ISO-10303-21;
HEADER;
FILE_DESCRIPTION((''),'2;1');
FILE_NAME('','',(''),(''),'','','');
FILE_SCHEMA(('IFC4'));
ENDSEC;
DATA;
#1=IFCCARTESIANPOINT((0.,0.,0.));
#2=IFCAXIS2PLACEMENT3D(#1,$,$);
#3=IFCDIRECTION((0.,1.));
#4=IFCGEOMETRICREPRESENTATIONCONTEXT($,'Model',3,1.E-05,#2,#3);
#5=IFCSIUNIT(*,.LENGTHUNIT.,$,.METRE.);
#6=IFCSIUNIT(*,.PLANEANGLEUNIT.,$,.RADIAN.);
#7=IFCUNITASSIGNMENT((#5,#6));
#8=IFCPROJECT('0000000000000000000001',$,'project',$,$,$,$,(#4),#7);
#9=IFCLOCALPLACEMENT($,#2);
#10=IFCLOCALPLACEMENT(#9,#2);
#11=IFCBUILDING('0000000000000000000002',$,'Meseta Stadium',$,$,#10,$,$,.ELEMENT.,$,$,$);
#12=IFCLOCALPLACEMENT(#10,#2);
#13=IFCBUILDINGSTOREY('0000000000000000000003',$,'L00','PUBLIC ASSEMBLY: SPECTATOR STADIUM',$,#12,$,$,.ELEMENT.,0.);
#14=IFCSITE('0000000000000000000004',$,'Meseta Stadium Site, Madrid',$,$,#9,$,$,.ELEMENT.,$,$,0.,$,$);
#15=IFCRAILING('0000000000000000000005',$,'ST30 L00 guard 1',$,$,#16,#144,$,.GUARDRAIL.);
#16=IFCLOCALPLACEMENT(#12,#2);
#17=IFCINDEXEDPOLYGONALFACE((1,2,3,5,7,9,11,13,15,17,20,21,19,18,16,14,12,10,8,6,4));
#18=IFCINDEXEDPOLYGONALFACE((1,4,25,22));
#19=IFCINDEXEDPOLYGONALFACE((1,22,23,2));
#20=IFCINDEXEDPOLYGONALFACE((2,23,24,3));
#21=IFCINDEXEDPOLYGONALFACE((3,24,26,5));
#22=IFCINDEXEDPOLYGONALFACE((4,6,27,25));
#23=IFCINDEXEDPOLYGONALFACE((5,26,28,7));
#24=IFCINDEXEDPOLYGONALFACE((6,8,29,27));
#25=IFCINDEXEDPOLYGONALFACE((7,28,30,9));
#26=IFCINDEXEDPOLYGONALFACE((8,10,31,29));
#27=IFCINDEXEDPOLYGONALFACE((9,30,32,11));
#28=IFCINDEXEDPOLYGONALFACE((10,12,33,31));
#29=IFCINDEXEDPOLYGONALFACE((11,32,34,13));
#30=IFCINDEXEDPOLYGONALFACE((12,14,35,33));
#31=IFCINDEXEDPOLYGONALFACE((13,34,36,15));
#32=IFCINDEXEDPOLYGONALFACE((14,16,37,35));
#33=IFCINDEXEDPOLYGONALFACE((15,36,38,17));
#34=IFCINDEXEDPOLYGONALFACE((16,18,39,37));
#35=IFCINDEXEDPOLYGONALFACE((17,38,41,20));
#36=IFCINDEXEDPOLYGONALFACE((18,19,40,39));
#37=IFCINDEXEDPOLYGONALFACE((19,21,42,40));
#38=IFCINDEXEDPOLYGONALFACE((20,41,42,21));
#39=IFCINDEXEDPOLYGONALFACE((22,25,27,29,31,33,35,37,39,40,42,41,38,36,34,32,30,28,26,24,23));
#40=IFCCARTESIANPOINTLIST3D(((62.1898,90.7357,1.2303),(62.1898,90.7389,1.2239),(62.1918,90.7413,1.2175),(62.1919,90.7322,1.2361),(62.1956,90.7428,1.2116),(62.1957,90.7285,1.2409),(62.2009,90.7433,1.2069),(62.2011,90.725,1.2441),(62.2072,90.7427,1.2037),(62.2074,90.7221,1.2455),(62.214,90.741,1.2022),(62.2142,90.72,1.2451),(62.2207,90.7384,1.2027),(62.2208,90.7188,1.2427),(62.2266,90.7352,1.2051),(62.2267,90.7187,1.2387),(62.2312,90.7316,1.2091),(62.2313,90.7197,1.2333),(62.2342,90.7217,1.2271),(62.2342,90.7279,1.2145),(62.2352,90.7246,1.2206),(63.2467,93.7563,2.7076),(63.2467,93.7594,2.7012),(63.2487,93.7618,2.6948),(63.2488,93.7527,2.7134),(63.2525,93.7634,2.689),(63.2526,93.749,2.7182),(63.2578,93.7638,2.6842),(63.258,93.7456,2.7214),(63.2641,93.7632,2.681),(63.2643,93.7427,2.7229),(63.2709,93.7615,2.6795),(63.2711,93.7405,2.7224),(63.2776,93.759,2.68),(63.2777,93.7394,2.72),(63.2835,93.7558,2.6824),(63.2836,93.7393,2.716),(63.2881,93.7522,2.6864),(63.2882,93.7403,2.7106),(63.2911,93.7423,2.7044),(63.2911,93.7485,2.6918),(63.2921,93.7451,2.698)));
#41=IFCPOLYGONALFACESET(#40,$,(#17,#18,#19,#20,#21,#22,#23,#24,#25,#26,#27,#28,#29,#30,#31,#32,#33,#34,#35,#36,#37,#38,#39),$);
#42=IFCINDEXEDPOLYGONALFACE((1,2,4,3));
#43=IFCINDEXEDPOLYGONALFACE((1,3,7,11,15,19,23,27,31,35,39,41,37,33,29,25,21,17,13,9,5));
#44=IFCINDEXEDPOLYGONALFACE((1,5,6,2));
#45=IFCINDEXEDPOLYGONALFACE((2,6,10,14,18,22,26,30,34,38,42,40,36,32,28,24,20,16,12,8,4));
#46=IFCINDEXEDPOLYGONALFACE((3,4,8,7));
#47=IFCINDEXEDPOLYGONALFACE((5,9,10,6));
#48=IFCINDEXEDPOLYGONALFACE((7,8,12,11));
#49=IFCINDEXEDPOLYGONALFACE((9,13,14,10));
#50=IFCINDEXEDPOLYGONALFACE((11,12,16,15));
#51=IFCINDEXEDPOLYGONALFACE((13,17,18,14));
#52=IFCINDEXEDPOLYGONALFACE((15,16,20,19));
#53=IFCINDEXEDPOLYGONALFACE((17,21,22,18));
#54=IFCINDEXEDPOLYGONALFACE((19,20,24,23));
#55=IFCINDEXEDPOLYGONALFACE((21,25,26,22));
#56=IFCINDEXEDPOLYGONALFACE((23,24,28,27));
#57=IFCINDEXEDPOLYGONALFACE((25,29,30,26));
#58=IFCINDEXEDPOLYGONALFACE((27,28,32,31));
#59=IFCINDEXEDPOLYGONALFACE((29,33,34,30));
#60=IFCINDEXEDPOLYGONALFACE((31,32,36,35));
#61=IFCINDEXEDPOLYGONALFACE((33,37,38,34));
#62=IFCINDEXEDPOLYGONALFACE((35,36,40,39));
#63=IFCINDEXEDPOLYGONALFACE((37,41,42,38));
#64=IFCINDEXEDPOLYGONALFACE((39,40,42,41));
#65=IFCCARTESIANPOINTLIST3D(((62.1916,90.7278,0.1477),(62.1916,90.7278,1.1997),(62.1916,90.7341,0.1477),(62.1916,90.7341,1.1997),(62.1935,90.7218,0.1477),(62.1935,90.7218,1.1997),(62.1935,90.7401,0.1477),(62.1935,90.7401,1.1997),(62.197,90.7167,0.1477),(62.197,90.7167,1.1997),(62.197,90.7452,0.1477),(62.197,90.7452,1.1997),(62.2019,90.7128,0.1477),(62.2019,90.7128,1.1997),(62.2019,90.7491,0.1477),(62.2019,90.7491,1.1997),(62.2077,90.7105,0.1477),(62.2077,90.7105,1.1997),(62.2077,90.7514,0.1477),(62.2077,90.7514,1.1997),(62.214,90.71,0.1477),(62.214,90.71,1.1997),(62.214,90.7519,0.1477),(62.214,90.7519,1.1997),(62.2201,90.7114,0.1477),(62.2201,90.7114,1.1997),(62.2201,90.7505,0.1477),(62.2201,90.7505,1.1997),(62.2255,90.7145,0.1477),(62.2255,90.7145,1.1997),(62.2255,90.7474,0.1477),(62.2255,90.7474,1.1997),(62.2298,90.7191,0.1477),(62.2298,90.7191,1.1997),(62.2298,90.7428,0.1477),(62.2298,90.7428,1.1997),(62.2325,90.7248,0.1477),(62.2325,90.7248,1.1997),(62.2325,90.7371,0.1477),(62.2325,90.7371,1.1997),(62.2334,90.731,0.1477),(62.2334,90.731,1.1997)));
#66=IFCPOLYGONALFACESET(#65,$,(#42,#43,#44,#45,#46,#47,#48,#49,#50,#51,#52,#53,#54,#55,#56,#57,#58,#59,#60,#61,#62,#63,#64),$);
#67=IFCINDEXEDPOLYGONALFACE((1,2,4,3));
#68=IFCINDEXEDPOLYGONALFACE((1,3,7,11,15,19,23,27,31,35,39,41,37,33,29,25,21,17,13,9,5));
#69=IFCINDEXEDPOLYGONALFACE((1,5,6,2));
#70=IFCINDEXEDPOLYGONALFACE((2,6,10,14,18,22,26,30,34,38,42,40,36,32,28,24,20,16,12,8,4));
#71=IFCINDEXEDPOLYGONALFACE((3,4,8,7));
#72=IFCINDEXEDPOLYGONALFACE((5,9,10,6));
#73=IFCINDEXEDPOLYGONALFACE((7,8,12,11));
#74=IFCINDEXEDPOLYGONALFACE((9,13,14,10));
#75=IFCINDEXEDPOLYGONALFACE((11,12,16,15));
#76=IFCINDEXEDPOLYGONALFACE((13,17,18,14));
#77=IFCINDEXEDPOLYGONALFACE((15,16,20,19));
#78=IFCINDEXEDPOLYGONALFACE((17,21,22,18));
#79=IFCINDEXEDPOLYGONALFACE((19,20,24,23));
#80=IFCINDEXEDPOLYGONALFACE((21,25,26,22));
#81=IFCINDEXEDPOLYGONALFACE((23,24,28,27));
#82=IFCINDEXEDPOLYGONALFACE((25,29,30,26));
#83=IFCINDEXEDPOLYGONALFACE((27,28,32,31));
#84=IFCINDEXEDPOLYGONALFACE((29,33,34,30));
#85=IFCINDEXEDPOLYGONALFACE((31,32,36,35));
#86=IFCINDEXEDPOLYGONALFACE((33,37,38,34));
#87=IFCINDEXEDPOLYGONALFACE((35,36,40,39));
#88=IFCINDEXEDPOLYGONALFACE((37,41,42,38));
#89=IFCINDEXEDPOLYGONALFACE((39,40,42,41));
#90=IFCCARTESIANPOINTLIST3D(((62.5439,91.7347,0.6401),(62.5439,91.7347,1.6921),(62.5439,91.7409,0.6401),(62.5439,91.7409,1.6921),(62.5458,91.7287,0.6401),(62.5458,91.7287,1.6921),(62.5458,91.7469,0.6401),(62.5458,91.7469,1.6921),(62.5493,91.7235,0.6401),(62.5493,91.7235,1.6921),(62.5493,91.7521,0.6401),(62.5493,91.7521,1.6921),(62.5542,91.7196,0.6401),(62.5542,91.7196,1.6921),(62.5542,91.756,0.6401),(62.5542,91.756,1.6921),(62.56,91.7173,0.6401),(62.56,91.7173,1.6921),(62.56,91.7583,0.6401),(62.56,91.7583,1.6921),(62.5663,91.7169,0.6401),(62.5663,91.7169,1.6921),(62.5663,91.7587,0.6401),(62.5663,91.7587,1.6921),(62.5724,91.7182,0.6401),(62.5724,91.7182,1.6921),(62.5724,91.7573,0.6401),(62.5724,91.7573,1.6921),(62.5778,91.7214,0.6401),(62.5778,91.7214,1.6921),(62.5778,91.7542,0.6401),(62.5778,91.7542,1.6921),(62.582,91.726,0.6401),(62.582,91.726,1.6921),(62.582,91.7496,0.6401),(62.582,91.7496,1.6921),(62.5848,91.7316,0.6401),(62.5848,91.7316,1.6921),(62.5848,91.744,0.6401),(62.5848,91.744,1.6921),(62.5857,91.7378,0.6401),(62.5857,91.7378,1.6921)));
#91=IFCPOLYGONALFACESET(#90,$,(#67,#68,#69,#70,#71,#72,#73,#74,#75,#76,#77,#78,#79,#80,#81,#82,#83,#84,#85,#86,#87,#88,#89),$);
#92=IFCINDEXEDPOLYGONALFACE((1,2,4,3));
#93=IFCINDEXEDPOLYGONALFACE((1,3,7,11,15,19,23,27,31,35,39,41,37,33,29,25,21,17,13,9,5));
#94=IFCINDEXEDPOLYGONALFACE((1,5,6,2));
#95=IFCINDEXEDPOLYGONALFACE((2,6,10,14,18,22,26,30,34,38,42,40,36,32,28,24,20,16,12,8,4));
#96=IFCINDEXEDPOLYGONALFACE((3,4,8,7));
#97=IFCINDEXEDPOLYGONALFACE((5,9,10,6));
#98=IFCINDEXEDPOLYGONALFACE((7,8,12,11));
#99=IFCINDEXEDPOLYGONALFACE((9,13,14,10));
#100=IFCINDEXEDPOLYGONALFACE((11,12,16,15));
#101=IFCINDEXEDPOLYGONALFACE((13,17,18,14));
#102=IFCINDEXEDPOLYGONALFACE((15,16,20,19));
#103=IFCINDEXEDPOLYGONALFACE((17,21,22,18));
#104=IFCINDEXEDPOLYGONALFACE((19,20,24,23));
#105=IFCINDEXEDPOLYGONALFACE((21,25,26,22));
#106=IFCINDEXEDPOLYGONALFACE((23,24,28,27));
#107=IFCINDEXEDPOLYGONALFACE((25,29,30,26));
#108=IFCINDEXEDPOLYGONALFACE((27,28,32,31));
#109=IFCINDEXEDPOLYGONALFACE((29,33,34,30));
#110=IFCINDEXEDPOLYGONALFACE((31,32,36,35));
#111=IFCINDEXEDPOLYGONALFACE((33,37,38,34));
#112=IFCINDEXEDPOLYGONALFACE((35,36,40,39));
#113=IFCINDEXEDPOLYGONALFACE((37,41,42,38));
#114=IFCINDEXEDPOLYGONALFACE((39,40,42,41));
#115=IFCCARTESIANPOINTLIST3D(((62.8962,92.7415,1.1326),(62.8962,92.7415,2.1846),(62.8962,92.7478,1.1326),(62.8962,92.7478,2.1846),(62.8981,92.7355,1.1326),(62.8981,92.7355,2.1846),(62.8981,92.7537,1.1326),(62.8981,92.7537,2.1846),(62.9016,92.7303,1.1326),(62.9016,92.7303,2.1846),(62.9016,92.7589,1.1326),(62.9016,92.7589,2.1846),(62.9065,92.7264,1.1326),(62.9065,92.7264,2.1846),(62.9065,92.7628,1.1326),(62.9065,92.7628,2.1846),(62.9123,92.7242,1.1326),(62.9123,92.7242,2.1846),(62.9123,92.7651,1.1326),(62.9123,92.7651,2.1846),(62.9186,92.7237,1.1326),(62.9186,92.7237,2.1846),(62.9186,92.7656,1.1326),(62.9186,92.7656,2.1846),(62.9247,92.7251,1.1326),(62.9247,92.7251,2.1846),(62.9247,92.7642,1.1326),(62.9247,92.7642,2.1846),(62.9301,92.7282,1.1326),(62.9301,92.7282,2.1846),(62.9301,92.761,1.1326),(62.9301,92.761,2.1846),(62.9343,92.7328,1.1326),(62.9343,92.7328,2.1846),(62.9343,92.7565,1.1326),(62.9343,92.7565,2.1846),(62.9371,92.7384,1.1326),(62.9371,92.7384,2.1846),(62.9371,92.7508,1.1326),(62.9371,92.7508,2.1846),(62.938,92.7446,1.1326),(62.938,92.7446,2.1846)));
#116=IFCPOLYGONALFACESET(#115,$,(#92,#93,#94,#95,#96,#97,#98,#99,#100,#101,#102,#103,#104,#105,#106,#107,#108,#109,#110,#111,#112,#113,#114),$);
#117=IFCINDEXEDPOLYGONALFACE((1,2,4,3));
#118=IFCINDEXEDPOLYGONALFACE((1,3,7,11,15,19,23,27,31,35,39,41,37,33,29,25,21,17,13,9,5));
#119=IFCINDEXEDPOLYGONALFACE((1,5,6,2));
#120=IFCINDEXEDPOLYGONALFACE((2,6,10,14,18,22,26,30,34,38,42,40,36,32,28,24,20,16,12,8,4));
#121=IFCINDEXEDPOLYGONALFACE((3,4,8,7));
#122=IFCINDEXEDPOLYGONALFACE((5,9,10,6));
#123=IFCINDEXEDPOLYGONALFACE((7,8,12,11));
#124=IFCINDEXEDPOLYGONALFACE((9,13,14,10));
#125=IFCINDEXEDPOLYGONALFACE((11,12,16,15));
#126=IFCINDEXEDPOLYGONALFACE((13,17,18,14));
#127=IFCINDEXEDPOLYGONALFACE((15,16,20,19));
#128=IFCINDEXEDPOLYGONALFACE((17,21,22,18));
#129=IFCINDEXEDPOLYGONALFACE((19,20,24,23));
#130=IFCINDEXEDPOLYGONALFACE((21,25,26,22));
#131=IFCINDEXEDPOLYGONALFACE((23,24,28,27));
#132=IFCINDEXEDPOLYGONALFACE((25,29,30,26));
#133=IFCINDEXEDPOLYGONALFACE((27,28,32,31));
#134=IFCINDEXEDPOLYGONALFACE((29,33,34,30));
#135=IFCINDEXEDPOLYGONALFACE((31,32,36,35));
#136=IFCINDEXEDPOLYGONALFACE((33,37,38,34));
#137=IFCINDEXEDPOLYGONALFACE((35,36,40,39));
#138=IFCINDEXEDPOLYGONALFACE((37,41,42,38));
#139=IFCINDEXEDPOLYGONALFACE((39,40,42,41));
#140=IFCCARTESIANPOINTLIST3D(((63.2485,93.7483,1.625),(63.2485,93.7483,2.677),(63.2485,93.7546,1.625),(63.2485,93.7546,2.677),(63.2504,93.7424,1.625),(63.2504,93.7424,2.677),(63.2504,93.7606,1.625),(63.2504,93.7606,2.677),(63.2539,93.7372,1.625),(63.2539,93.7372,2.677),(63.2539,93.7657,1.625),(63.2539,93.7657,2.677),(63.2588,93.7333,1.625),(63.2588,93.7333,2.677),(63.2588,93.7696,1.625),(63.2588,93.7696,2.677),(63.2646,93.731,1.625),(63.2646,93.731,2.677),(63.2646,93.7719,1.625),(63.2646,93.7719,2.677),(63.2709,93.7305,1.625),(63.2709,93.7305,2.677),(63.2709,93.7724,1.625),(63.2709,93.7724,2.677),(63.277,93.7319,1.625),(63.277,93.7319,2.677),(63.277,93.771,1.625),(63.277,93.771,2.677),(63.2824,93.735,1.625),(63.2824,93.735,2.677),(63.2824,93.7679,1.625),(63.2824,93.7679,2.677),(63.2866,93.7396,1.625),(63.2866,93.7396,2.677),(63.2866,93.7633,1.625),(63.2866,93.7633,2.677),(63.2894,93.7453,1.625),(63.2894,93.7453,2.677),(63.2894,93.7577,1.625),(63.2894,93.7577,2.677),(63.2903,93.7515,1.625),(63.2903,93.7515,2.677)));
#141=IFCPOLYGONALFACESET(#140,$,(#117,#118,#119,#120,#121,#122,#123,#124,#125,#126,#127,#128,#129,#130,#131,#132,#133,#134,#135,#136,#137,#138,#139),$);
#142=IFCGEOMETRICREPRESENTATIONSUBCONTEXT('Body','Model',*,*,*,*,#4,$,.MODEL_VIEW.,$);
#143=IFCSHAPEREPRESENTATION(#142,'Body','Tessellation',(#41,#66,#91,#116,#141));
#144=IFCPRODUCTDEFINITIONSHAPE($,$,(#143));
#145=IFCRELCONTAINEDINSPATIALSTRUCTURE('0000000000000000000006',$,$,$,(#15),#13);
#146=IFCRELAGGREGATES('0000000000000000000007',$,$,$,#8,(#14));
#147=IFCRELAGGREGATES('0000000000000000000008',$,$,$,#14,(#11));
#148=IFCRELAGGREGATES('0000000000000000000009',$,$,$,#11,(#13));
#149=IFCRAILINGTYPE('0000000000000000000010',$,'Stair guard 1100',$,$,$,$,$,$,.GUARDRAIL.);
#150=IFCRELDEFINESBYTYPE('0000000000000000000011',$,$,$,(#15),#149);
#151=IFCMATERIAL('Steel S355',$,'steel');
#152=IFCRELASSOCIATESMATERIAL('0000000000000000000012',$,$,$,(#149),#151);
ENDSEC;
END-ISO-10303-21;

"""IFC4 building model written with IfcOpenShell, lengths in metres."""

from ifc_helpers import new_model, si_unit, direction, frame, origin, origin_2d, place, context, subcontext, project, spatial, circle, extrude, material, type_object, element, save


model = new_model("IFC4")

# Units and contexts
model_context = context("Model", 3, precision=1e-05, world=origin(), true_north=direction((0.0, 1.0)))
body_context = subcontext(model_context, "Body", "Model", "MODEL_VIEW")
ifc_project = project(units=[si_unit("LENGTHUNIT", "METRE"), si_unit("PLANEANGLEUNIT", "RADIAN")], contexts=[model_context])

# Site, building, storey
site_placement = place(None, origin())
site = spatial("IfcSite", under=ifc_project, at=site_placement, Name="Meseta Stadium Site, Madrid", CompositionType="ELEMENT", RefElevation=0.0)
building_placement = place(site_placement, origin())
building = spatial("IfcBuilding", under=site, at=building_placement, Name="Meseta Stadium", CompositionType="ELEMENT")
storey_placement = place(building_placement, origin())
storey = spatial("IfcBuildingStorey", under=building, at=storey_placement, Name="L00", Description="PUBLIC ASSEMBLY: SPECTATOR STADIUM", CompositionType="ELEMENT", Elevation=0.0)

# Railing
ifc_material_1 = material(Name="Steel S355", Category="steel")
railing_type_1 = type_object("IfcRailingType", Name="Stair guard 1100", PredefinedType="GUARDRAIL", material=ifc_material_1)
railing_1_placement = place(storey_placement, frame((62.2124, 90.731, 0.1477)))
element("IfcRailing", 1, at=railing_1_placement, inside=storey, type_object=railing_type_1, Name="ST30 L00 guard 1", PredefinedType="GUARDRAIL", context=body_context, shape_type="SweptSolid", body=[
    extrude(circle(Radius=0.0239, at=origin_2d()), frame((0.0, 0.0, 1.0762), z_axis=(0.299859, 0.856977, 0.419137), x_axis=(-0.943887, 0.330269, 0.0)), (0.0, 0.0, 1.0), 3.5247),
    extrude(circle(Radius=0.021, at=origin_2d()), origin(), (0.0, 0.0, 1.0), 1.052),
    extrude(circle(Radius=0.021, at=origin_2d()), frame((0.3523, 1.0068, 0.4924)), (0.0, 0.0, 1.0), 1.052),
    extrude(circle(Radius=0.021, at=origin_2d()), frame((0.7046, 2.0137, 0.9849)), (0.0, 0.0, 1.0), 1.052),
    extrude(circle(Radius=0.021, at=origin_2d()), frame((1.0569, 3.0205, 1.4773)), (0.0, 0.0, 1.0), 1.052),
])

save(model, "model.ifc")
